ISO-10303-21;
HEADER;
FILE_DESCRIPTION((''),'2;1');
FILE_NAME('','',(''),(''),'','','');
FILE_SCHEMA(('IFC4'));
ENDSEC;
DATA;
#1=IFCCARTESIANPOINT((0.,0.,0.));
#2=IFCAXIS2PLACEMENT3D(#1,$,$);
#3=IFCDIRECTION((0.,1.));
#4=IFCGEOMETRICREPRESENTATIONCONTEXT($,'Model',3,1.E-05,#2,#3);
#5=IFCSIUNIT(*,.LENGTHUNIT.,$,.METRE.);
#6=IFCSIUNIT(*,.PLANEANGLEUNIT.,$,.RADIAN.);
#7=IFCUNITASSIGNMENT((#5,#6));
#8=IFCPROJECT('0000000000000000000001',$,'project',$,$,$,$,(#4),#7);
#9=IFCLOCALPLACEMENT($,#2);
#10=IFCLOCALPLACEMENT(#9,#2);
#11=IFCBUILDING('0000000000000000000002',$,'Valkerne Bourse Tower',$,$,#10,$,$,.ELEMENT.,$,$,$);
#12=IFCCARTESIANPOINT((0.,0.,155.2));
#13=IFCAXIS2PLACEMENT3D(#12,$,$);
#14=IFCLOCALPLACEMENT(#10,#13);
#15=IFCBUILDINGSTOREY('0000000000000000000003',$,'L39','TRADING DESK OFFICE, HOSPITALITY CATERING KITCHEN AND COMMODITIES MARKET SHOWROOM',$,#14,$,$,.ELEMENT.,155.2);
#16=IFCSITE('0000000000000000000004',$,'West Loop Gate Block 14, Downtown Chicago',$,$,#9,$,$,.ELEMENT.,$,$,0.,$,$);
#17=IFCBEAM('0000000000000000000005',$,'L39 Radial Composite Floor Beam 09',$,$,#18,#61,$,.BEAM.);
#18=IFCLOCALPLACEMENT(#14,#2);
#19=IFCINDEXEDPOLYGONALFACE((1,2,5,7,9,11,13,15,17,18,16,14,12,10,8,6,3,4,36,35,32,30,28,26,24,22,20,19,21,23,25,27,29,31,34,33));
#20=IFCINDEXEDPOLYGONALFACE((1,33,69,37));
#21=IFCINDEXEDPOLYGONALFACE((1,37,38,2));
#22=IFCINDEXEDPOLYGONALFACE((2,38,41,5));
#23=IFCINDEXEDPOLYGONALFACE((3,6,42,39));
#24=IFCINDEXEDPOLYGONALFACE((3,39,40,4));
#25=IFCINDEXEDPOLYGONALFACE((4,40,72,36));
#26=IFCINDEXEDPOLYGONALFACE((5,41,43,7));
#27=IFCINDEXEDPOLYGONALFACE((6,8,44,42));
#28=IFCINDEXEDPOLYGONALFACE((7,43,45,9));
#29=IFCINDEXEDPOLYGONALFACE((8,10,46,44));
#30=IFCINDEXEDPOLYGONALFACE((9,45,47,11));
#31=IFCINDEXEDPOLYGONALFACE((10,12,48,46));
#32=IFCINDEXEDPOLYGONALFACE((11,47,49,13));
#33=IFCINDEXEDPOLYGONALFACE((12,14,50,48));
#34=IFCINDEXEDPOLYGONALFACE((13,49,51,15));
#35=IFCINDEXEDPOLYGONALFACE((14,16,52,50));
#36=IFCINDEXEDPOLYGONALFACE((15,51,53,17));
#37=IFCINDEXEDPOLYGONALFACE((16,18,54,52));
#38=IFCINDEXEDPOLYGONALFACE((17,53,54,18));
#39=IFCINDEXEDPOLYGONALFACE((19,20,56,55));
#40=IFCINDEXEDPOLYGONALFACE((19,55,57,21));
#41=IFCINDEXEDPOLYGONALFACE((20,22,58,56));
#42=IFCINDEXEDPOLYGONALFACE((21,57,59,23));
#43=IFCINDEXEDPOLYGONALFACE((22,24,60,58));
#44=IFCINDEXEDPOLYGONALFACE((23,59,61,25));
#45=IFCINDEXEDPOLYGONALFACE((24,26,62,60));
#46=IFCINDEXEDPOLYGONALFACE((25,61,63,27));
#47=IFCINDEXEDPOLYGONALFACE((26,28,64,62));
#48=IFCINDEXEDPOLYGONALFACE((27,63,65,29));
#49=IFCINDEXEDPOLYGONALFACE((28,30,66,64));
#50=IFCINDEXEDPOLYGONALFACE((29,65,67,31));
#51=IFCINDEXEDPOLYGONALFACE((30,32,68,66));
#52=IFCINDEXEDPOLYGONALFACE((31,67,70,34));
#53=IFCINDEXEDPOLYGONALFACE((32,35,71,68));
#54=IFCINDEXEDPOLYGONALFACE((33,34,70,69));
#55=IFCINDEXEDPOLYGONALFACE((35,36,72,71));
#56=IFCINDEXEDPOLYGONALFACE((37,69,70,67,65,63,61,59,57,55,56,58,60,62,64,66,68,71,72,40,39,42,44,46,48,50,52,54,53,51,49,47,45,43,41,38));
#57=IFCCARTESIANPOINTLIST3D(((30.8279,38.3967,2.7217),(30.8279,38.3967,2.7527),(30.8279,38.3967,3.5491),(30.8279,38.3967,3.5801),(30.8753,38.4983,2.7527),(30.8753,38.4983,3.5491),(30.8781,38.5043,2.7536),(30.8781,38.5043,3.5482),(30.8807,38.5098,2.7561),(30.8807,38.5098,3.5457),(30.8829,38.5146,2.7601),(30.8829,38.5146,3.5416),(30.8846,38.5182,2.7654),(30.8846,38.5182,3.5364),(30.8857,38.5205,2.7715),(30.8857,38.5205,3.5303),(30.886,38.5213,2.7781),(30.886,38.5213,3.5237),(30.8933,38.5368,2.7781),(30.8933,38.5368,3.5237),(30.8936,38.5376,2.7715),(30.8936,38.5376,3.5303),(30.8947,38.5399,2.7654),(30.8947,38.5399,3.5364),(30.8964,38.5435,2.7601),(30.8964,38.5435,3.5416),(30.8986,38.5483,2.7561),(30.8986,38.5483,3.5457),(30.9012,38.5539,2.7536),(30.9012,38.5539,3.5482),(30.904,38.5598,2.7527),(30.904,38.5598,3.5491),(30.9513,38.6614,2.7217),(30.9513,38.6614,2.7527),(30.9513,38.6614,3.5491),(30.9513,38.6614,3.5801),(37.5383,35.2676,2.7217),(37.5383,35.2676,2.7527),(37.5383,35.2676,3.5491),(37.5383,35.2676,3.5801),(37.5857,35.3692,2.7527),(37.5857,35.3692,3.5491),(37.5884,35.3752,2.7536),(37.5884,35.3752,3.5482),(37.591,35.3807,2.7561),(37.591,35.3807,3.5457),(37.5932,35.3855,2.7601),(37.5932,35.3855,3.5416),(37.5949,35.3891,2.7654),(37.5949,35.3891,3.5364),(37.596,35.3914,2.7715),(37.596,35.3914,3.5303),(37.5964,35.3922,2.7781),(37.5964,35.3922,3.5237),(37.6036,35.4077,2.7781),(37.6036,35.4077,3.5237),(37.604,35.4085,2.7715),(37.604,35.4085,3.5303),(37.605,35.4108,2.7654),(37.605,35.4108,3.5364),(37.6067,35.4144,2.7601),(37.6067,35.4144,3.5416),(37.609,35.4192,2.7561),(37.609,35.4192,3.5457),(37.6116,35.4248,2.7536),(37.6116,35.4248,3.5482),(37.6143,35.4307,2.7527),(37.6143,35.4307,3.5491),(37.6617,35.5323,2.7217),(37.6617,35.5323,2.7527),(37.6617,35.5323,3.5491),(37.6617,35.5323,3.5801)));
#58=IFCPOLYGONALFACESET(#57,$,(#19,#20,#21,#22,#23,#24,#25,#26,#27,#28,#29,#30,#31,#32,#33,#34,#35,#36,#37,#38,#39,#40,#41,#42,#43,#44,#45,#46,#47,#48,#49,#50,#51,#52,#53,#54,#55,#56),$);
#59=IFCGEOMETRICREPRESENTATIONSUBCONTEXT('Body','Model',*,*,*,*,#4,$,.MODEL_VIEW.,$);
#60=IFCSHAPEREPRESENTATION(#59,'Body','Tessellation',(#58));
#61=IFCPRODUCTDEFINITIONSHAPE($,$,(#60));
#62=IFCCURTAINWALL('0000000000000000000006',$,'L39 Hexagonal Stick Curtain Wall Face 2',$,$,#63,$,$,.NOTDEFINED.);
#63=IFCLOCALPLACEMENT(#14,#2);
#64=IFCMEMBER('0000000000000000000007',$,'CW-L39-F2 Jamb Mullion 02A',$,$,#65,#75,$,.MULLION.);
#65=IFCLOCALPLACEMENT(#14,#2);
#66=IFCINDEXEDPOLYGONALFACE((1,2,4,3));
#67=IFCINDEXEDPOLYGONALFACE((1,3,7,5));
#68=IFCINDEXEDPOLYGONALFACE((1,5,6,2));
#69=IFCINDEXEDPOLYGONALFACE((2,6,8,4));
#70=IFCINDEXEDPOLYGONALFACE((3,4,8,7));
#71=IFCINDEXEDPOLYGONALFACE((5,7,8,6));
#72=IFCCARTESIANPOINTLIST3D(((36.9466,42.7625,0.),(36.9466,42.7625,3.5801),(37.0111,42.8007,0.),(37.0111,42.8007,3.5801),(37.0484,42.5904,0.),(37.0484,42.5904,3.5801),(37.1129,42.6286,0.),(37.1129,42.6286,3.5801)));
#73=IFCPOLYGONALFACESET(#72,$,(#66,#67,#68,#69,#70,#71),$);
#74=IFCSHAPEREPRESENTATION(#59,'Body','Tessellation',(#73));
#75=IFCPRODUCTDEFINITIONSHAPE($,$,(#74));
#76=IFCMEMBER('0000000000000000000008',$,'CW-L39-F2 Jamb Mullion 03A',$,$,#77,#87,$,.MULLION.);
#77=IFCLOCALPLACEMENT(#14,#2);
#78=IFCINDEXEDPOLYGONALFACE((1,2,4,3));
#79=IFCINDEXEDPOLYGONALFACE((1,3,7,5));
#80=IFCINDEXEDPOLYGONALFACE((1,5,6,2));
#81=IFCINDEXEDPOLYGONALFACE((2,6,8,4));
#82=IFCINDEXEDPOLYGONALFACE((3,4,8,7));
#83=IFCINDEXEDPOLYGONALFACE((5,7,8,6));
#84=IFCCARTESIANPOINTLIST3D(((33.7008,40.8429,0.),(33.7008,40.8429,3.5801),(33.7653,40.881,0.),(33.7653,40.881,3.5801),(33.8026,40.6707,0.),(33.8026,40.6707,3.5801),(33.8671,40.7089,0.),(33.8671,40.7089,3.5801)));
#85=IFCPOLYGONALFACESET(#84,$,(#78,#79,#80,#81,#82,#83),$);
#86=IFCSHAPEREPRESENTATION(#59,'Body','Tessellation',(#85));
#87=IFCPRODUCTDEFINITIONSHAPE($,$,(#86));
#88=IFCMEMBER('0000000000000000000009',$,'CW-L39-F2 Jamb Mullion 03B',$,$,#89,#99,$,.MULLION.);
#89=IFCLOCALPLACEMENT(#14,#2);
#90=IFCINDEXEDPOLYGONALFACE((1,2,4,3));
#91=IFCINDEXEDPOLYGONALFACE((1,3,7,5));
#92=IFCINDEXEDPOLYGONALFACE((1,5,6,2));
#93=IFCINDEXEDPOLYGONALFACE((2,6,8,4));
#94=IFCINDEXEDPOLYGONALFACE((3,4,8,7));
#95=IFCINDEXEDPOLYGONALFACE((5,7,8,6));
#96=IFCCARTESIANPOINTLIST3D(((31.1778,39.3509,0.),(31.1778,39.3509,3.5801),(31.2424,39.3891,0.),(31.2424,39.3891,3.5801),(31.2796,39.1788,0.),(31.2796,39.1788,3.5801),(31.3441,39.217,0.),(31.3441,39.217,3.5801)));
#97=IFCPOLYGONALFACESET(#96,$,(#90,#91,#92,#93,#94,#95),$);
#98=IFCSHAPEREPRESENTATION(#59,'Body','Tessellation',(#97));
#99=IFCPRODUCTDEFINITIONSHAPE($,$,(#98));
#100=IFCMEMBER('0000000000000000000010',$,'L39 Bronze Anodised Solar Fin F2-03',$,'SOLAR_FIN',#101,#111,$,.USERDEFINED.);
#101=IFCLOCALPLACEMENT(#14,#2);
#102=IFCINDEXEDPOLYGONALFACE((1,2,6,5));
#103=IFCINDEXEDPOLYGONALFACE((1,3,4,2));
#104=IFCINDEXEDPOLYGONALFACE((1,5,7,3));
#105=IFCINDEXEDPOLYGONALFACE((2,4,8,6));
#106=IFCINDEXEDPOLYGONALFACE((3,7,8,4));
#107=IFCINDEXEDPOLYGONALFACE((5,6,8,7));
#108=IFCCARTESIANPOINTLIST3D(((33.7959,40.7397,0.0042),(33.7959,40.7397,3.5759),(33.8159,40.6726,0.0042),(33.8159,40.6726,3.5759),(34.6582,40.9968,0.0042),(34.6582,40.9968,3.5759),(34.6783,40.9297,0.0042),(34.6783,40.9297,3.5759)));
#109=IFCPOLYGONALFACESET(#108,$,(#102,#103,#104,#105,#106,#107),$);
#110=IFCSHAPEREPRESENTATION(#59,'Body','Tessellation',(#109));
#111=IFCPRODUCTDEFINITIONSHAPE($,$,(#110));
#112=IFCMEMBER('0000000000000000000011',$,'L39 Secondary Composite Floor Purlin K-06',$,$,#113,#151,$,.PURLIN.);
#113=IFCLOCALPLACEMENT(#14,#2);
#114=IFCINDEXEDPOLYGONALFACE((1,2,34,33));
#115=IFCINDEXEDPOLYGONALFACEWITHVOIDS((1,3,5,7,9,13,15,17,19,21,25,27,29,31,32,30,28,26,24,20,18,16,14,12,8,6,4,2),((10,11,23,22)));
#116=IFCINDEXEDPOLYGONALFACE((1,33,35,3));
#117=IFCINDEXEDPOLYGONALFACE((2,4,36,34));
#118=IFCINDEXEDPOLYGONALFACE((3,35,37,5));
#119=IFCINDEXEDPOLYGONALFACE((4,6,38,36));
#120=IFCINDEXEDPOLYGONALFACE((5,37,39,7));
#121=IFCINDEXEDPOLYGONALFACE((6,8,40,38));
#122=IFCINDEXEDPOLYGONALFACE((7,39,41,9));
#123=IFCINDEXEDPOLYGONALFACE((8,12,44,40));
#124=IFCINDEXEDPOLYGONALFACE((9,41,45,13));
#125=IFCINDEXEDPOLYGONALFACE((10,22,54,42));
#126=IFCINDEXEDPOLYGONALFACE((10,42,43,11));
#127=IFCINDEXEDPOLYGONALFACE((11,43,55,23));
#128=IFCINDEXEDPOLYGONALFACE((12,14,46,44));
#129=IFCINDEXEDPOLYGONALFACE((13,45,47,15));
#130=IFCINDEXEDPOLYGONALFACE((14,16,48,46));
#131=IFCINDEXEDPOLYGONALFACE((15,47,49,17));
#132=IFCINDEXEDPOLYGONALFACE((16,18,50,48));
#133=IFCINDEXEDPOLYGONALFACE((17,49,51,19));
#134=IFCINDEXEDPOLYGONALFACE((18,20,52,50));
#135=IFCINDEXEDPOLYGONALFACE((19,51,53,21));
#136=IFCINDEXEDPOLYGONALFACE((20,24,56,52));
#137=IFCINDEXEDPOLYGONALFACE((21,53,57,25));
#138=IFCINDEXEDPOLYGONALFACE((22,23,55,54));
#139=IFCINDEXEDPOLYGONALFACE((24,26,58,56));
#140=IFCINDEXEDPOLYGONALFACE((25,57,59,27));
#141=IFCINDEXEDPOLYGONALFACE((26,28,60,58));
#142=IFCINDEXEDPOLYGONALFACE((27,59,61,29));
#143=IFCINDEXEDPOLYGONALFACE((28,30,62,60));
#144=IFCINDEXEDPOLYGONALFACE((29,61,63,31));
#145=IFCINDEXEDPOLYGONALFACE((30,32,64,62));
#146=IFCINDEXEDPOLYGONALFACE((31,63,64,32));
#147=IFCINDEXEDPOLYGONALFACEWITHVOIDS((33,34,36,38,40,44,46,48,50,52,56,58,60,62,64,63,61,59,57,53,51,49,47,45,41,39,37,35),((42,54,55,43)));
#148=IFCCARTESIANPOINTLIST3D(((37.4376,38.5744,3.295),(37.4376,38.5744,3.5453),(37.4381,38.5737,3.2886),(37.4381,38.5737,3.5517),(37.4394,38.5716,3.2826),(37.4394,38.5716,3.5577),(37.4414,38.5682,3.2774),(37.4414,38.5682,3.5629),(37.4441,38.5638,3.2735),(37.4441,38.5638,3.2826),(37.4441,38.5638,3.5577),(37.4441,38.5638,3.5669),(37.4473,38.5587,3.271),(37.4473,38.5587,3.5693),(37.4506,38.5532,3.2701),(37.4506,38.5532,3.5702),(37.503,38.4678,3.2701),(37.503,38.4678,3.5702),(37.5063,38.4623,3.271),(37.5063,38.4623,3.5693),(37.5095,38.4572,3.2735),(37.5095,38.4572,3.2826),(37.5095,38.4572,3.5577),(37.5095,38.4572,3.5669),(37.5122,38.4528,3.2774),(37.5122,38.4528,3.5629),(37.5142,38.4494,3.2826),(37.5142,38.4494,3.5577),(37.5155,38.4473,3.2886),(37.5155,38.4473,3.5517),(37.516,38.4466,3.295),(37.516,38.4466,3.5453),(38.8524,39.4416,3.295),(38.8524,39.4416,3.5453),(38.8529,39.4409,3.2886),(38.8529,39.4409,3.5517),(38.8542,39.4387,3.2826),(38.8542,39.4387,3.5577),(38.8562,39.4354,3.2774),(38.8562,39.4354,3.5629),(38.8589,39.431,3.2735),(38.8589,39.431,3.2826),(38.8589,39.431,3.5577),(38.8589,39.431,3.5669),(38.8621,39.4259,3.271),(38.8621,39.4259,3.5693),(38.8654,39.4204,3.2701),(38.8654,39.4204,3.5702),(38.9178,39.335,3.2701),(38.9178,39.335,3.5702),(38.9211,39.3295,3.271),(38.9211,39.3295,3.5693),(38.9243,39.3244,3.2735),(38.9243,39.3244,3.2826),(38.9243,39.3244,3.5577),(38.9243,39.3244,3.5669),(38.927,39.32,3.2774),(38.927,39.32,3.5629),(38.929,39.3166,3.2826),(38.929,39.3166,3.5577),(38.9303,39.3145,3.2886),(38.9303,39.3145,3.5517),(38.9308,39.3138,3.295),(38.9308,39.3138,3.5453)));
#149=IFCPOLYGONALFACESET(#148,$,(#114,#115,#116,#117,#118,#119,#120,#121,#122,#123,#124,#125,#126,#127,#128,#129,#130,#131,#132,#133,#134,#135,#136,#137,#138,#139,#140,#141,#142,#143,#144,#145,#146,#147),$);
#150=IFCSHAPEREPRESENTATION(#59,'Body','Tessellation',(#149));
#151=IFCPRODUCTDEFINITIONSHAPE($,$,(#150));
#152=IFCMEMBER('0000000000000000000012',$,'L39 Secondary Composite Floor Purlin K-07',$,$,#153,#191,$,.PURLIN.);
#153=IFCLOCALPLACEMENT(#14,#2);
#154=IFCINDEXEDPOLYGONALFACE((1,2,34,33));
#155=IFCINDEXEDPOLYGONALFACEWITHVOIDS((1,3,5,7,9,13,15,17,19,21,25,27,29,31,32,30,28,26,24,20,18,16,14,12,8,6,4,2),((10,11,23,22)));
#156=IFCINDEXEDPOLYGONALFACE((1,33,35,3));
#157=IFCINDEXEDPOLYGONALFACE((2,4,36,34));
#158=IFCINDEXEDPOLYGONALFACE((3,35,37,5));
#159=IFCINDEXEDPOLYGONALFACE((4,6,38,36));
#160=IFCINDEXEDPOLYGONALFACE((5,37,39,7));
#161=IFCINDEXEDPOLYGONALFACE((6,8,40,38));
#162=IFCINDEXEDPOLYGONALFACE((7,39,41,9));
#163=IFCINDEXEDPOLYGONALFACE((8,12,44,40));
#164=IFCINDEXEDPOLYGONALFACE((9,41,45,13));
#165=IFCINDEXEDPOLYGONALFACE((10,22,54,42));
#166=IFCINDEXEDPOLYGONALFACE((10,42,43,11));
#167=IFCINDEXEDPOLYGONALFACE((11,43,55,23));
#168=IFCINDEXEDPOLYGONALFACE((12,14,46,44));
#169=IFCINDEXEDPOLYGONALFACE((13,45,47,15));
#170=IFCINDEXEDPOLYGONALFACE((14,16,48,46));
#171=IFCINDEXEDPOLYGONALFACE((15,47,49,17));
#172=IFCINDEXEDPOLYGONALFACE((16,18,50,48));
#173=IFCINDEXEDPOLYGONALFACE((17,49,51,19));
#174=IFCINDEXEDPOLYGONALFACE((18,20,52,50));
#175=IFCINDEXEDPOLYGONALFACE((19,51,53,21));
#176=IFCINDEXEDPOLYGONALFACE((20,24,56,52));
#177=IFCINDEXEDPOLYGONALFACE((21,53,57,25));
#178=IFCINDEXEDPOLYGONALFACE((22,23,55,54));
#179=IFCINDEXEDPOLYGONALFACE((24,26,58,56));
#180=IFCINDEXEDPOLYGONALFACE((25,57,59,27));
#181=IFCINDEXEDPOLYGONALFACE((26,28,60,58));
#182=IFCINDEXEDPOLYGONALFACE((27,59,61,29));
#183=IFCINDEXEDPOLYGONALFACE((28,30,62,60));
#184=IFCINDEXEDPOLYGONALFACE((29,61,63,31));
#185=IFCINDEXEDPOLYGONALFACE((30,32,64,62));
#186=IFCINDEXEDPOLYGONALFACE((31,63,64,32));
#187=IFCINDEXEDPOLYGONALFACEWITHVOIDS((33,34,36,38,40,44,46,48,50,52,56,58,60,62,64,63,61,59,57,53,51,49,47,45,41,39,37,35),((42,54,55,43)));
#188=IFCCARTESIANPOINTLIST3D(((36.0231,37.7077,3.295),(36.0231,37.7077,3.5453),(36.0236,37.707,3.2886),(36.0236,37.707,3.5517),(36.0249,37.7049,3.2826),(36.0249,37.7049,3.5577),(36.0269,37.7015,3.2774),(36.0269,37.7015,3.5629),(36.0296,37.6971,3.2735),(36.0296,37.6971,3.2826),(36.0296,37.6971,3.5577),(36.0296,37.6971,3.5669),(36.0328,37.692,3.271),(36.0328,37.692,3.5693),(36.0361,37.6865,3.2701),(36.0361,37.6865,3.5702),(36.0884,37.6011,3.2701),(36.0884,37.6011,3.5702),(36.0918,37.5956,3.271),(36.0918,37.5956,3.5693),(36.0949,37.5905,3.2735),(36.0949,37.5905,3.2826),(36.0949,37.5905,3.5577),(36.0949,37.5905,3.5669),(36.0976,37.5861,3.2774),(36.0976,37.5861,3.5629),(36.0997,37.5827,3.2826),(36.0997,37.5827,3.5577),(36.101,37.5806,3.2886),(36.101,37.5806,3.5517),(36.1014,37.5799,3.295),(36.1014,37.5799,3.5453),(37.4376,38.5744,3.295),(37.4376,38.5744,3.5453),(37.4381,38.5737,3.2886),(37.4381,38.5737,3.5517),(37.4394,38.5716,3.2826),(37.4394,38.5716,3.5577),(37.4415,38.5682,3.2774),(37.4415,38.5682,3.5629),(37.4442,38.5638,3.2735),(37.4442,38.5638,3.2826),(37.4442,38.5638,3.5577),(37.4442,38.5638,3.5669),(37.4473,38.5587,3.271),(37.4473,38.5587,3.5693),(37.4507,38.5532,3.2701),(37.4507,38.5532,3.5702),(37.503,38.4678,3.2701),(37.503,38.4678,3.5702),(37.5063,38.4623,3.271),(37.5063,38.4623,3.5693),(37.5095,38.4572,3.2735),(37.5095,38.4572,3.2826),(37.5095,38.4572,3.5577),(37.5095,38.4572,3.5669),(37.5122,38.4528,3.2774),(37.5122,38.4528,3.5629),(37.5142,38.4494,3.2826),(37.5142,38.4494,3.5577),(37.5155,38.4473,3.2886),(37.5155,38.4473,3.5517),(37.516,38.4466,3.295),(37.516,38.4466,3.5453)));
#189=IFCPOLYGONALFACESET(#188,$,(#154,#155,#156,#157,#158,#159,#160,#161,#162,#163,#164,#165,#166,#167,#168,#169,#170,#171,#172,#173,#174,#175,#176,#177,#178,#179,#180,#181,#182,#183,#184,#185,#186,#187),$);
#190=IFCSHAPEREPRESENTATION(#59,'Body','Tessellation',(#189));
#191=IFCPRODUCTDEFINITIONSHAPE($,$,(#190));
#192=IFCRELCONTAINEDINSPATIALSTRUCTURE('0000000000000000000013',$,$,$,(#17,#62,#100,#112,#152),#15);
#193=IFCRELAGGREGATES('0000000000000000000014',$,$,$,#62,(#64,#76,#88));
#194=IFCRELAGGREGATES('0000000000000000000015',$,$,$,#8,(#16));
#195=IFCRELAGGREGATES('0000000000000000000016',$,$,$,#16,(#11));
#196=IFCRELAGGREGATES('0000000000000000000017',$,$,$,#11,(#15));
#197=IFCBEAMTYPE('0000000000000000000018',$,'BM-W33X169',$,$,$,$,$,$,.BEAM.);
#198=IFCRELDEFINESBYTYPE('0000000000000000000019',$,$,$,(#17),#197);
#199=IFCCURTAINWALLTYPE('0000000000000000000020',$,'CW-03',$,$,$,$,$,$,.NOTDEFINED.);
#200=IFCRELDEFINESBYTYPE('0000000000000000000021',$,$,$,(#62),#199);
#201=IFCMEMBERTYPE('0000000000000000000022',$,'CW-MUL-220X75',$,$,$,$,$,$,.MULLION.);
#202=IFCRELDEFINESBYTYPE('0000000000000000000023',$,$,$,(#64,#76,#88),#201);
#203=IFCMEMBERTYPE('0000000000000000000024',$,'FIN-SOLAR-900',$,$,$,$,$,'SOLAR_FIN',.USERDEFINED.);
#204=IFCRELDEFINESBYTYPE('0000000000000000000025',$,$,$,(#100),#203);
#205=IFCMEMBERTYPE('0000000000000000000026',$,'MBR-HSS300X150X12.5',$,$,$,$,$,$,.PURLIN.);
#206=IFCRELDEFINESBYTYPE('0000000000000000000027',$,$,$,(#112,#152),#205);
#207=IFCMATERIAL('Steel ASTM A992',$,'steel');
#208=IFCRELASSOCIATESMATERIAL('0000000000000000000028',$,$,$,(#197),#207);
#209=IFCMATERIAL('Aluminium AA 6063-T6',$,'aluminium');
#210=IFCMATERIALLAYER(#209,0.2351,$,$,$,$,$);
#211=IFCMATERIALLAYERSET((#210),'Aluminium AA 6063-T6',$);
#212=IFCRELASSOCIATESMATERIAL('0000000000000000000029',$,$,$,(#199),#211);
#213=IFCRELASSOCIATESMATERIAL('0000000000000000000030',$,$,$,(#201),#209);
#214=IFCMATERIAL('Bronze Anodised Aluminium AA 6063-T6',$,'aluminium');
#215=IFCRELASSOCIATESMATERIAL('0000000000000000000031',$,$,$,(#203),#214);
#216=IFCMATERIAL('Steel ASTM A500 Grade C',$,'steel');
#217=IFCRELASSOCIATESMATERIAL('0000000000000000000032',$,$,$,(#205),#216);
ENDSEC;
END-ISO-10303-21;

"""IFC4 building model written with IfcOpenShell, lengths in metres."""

from ifc_helpers import new_model, si_unit, direction, frame, origin, origin_2d, place, context, subcontext, project, spatial, rectangle, hollow_rectangle, i_section, extrude, material, layer, layer_set, material_profile, profile_set, type_object, element, aggregate, save


model = new_model("IFC4")

# Units and contexts
model_context = context("Model", 3, precision=1e-05, world=origin(), true_north=direction((0.0, 1.0)))
body_context = subcontext(model_context, "Body", "Model", "MODEL_VIEW")
ifc_project = project(units=[si_unit("LENGTHUNIT", "METRE"), si_unit("PLANEANGLEUNIT", "RADIAN")], contexts=[model_context])

# Site, building, storey
site_placement = place(None, origin())
site = spatial("IfcSite", under=ifc_project, at=site_placement, Name="West Loop Gate Block 14, Downtown Chicago", CompositionType="ELEMENT", RefElevation=0.0)
building_placement = place(site_placement, origin())
building = spatial("IfcBuilding", under=site, at=building_placement, Name="Valkerne Bourse Tower", CompositionType="ELEMENT")
storey_placement = place(building_placement, frame((0.0, 0.0, 155.2)))
storey = spatial("IfcBuildingStorey", under=building, at=storey_placement, Name="L39", Description="TRADING DESK OFFICE, HOSPITALITY CATERING KITCHEN AND COMMODITIES MARKET SHOWROOM", CompositionType="ELEMENT", Elevation=155.2)

# Beam
ifc_material_1 = material(Name="Steel ASTM A992", Category="steel")
ifc_material_profile_1 = material_profile(ifc_material_1, i_section(OverallWidth=0.292, OverallDepth=0.8584, WebThickness=0.0171, FlangeThickness=0.031, FilletRadius=0.0254, at=origin_2d()), Name="W33X169")
ifc_profile_set_1 = profile_set([ifc_material_profile_1], Name="Steel ASTM A992")
beam_type_1 = type_object("IfcBeamType", Name="BM-W33X169", PredefinedType="BEAM", material=ifc_profile_set_1)
beam_1_placement = place(storey_placement, frame((30.8896, 38.5291, 3.1509), z_axis=(0.906307, -0.42262, 0.0), x_axis=(0.42262, 0.906307, 0.0)))
element("IfcBeam", 1, at=beam_1_placement, inside=storey, type_object=beam_type_1, Name="L39 Radial Composite Floor Beam 09", PredefinedType="BEAM", context=body_context, shape_type="SweptSolid", body=[
    extrude(i_section(OverallWidth=0.292, OverallDepth=0.8584, WebThickness=0.0171, FlangeThickness=0.031, FilletRadius=0.0254, at=origin_2d()), origin(), (0.0, 0.0, 1.0), 7.4041),
])

# Curtain wall, members
ifc_material_2 = material(Name="Aluminium AA 6063-T6", Category="aluminium")
ifc_layer_1 = layer(ifc_material_2, 0.2351)
ifc_layer_set_1 = layer_set([ifc_layer_1], Name="Aluminium AA 6063-T6")
curtain_wall_type = type_object("IfcCurtainWallType", Name="CW-03", PredefinedType="NOTDEFINED", material=ifc_layer_set_1)
curtain_wall_placement = place(storey_placement, origin())
curtain_wall = element("IfcCurtainWall", 2, at=curtain_wall_placement, inside=storey, type_object=curtain_wall_type, Name="L39 Hexagonal Stick Curtain Wall Face 2", PredefinedType="NOTDEFINED")
ifc_material_profile_2 = material_profile(ifc_material_2, rectangle(XDim=0.075, YDim=0.2, at=origin_2d()), Name="CWM-75X200")
ifc_profile_set_2 = profile_set([ifc_material_profile_2], Name="Aluminium AA 6063-T6")
member_type_1 = type_object("IfcMemberType", Name="CW-MUL-220X75", PredefinedType="MULLION", material=ifc_profile_set_2)
member_1_placement = place(storey_placement, frame((37.0298, 42.6956, 0.0), z_axis=(0.0, 0.0, 1.0), x_axis=(-0.860737, -0.509049, 0.0)))
member_1 = element("IfcMember", 3, at=member_1_placement, type_object=member_type_1, Name="CW-L39-F2 Jamb Mullion 02A", PredefinedType="MULLION", context=body_context, shape_type="SweptSolid", body=[
    extrude(rectangle(XDim=0.075, YDim=0.2, at=origin_2d()), origin(), (0.0, 0.0, 1.0), 3.5801),
])
member_2_placement = place(storey_placement, frame((33.7839, 40.7759, 0.0), z_axis=(0.0, 0.0, 1.0), x_axis=(-0.860756, -0.509018, 0.0)))
member_2 = element("IfcMember", 4, at=member_2_placement, type_object=member_type_1, Name="CW-L39-F2 Jamb Mullion 03A", PredefinedType="MULLION", context=body_context, shape_type="SweptSolid", body=[
    extrude(rectangle(XDim=0.075, YDim=0.2, at=origin_2d()), origin(), (0.0, 0.0, 1.0), 3.5801),
])
member_3_placement = place(storey_placement, frame((31.261, 39.2839, 0.0), z_axis=(0.0, 0.0, 1.0), x_axis=(-0.860756, -0.509018, 0.0)))
member_3 = element("IfcMember", 5, at=member_3_placement, type_object=member_type_1, Name="CW-L39-F2 Jamb Mullion 03B", PredefinedType="MULLION", context=body_context, shape_type="SweptSolid", body=[
    extrude(rectangle(XDim=0.075, YDim=0.2, at=origin_2d()), origin(), (0.0, 0.0, 1.0), 3.5801),
])

# Members
ifc_material_3 = material(Name="Bronze Anodised Aluminium AA 6063-T6", Category="aluminium")
ifc_material_profile_3 = material_profile(ifc_material_3, rectangle(XDim=0.0701, YDim=0.8999, at=origin_2d()), Name="FIN-70X900")
ifc_profile_set_3 = profile_set([ifc_material_profile_3], Name="Bronze Anodised Aluminium AA 6063-T6")
member_type_2 = type_object("IfcMemberType", Name="FIN-SOLAR-900", ElementType="SOLAR_FIN", PredefinedType="USERDEFINED", material=ifc_profile_set_3)
member_4_placement = place(storey_placement, frame((34.2371, 40.8347, 0.0042), z_axis=(0.0, 0.0, 1.0), x_axis=(-0.285691, 0.958322, 0.0)))
element("IfcMember", 6, at=member_4_placement, inside=storey, type_object=member_type_2, Name="L39 Bronze Anodised Solar Fin F2-03", ObjectType="SOLAR_FIN", PredefinedType="USERDEFINED", context=body_context, shape_type="SweptSolid", body=[
    extrude(rectangle(XDim=0.0701, YDim=0.8999, at=origin_2d()), origin(), (0.0, 0.0, 1.0), 3.5718),
])
ifc_material_4 = material(Name="Steel ASTM A500 Grade C", Category="steel")
ifc_material_profile_4 = material_profile(ifc_material_4, hollow_rectangle(XDim=0.1499, YDim=0.3, WallThickness=0.0125, OuterFilletRadius=0.0249, at=origin_2d()), Name="HSS300X150X12.5")
ifc_profile_set_4 = profile_set([ifc_material_profile_4], Name="Steel ASTM A500 Grade C")
member_type_3 = type_object("IfcMemberType", Name="MBR-HSS300X150X12.5", PredefinedType="PURLIN", material=ifc_profile_set_4)
member_5_placement = place(storey_placement, frame((38.8916, 39.3777, 3.4202), z_axis=(-0.852586, -0.522586, 0.0), x_axis=(0.522586, -0.852586, 0.0)))
element("IfcMember", 7, at=member_5_placement, inside=storey, type_object=member_type_3, Name="L39 Secondary Composite Floor Purlin K-06", PredefinedType="PURLIN", context=body_context, shape_type="SweptSolid", body=[
    extrude(hollow_rectangle(XDim=0.1499, YDim=0.3, WallThickness=0.0125, OuterFilletRadius=0.0249, at=origin_2d()), origin(), (0.0, 0.0, 1.0), 1.6594),
])
member_6_placement = place(storey_placement, frame((37.4768, 38.5105, 3.4202), z_axis=(-0.852677, -0.522438, 0.0), x_axis=(0.522438, -0.852677, 0.0)))
element("IfcMember", 8, at=member_6_placement, inside=storey, type_object=member_type_3, Name="L39 Secondary Composite Floor Purlin K-07", PredefinedType="PURLIN", context=body_context, shape_type="SweptSolid", body=[
    extrude(hollow_rectangle(XDim=0.1499, YDim=0.3, WallThickness=0.0125, OuterFilletRadius=0.0249, at=origin_2d()), origin(), (0.0, 0.0, 1.0), 1.6589),
])

aggregate(curtain_wall, [member_1, member_2, member_3])

save(model, "model.ifc")
